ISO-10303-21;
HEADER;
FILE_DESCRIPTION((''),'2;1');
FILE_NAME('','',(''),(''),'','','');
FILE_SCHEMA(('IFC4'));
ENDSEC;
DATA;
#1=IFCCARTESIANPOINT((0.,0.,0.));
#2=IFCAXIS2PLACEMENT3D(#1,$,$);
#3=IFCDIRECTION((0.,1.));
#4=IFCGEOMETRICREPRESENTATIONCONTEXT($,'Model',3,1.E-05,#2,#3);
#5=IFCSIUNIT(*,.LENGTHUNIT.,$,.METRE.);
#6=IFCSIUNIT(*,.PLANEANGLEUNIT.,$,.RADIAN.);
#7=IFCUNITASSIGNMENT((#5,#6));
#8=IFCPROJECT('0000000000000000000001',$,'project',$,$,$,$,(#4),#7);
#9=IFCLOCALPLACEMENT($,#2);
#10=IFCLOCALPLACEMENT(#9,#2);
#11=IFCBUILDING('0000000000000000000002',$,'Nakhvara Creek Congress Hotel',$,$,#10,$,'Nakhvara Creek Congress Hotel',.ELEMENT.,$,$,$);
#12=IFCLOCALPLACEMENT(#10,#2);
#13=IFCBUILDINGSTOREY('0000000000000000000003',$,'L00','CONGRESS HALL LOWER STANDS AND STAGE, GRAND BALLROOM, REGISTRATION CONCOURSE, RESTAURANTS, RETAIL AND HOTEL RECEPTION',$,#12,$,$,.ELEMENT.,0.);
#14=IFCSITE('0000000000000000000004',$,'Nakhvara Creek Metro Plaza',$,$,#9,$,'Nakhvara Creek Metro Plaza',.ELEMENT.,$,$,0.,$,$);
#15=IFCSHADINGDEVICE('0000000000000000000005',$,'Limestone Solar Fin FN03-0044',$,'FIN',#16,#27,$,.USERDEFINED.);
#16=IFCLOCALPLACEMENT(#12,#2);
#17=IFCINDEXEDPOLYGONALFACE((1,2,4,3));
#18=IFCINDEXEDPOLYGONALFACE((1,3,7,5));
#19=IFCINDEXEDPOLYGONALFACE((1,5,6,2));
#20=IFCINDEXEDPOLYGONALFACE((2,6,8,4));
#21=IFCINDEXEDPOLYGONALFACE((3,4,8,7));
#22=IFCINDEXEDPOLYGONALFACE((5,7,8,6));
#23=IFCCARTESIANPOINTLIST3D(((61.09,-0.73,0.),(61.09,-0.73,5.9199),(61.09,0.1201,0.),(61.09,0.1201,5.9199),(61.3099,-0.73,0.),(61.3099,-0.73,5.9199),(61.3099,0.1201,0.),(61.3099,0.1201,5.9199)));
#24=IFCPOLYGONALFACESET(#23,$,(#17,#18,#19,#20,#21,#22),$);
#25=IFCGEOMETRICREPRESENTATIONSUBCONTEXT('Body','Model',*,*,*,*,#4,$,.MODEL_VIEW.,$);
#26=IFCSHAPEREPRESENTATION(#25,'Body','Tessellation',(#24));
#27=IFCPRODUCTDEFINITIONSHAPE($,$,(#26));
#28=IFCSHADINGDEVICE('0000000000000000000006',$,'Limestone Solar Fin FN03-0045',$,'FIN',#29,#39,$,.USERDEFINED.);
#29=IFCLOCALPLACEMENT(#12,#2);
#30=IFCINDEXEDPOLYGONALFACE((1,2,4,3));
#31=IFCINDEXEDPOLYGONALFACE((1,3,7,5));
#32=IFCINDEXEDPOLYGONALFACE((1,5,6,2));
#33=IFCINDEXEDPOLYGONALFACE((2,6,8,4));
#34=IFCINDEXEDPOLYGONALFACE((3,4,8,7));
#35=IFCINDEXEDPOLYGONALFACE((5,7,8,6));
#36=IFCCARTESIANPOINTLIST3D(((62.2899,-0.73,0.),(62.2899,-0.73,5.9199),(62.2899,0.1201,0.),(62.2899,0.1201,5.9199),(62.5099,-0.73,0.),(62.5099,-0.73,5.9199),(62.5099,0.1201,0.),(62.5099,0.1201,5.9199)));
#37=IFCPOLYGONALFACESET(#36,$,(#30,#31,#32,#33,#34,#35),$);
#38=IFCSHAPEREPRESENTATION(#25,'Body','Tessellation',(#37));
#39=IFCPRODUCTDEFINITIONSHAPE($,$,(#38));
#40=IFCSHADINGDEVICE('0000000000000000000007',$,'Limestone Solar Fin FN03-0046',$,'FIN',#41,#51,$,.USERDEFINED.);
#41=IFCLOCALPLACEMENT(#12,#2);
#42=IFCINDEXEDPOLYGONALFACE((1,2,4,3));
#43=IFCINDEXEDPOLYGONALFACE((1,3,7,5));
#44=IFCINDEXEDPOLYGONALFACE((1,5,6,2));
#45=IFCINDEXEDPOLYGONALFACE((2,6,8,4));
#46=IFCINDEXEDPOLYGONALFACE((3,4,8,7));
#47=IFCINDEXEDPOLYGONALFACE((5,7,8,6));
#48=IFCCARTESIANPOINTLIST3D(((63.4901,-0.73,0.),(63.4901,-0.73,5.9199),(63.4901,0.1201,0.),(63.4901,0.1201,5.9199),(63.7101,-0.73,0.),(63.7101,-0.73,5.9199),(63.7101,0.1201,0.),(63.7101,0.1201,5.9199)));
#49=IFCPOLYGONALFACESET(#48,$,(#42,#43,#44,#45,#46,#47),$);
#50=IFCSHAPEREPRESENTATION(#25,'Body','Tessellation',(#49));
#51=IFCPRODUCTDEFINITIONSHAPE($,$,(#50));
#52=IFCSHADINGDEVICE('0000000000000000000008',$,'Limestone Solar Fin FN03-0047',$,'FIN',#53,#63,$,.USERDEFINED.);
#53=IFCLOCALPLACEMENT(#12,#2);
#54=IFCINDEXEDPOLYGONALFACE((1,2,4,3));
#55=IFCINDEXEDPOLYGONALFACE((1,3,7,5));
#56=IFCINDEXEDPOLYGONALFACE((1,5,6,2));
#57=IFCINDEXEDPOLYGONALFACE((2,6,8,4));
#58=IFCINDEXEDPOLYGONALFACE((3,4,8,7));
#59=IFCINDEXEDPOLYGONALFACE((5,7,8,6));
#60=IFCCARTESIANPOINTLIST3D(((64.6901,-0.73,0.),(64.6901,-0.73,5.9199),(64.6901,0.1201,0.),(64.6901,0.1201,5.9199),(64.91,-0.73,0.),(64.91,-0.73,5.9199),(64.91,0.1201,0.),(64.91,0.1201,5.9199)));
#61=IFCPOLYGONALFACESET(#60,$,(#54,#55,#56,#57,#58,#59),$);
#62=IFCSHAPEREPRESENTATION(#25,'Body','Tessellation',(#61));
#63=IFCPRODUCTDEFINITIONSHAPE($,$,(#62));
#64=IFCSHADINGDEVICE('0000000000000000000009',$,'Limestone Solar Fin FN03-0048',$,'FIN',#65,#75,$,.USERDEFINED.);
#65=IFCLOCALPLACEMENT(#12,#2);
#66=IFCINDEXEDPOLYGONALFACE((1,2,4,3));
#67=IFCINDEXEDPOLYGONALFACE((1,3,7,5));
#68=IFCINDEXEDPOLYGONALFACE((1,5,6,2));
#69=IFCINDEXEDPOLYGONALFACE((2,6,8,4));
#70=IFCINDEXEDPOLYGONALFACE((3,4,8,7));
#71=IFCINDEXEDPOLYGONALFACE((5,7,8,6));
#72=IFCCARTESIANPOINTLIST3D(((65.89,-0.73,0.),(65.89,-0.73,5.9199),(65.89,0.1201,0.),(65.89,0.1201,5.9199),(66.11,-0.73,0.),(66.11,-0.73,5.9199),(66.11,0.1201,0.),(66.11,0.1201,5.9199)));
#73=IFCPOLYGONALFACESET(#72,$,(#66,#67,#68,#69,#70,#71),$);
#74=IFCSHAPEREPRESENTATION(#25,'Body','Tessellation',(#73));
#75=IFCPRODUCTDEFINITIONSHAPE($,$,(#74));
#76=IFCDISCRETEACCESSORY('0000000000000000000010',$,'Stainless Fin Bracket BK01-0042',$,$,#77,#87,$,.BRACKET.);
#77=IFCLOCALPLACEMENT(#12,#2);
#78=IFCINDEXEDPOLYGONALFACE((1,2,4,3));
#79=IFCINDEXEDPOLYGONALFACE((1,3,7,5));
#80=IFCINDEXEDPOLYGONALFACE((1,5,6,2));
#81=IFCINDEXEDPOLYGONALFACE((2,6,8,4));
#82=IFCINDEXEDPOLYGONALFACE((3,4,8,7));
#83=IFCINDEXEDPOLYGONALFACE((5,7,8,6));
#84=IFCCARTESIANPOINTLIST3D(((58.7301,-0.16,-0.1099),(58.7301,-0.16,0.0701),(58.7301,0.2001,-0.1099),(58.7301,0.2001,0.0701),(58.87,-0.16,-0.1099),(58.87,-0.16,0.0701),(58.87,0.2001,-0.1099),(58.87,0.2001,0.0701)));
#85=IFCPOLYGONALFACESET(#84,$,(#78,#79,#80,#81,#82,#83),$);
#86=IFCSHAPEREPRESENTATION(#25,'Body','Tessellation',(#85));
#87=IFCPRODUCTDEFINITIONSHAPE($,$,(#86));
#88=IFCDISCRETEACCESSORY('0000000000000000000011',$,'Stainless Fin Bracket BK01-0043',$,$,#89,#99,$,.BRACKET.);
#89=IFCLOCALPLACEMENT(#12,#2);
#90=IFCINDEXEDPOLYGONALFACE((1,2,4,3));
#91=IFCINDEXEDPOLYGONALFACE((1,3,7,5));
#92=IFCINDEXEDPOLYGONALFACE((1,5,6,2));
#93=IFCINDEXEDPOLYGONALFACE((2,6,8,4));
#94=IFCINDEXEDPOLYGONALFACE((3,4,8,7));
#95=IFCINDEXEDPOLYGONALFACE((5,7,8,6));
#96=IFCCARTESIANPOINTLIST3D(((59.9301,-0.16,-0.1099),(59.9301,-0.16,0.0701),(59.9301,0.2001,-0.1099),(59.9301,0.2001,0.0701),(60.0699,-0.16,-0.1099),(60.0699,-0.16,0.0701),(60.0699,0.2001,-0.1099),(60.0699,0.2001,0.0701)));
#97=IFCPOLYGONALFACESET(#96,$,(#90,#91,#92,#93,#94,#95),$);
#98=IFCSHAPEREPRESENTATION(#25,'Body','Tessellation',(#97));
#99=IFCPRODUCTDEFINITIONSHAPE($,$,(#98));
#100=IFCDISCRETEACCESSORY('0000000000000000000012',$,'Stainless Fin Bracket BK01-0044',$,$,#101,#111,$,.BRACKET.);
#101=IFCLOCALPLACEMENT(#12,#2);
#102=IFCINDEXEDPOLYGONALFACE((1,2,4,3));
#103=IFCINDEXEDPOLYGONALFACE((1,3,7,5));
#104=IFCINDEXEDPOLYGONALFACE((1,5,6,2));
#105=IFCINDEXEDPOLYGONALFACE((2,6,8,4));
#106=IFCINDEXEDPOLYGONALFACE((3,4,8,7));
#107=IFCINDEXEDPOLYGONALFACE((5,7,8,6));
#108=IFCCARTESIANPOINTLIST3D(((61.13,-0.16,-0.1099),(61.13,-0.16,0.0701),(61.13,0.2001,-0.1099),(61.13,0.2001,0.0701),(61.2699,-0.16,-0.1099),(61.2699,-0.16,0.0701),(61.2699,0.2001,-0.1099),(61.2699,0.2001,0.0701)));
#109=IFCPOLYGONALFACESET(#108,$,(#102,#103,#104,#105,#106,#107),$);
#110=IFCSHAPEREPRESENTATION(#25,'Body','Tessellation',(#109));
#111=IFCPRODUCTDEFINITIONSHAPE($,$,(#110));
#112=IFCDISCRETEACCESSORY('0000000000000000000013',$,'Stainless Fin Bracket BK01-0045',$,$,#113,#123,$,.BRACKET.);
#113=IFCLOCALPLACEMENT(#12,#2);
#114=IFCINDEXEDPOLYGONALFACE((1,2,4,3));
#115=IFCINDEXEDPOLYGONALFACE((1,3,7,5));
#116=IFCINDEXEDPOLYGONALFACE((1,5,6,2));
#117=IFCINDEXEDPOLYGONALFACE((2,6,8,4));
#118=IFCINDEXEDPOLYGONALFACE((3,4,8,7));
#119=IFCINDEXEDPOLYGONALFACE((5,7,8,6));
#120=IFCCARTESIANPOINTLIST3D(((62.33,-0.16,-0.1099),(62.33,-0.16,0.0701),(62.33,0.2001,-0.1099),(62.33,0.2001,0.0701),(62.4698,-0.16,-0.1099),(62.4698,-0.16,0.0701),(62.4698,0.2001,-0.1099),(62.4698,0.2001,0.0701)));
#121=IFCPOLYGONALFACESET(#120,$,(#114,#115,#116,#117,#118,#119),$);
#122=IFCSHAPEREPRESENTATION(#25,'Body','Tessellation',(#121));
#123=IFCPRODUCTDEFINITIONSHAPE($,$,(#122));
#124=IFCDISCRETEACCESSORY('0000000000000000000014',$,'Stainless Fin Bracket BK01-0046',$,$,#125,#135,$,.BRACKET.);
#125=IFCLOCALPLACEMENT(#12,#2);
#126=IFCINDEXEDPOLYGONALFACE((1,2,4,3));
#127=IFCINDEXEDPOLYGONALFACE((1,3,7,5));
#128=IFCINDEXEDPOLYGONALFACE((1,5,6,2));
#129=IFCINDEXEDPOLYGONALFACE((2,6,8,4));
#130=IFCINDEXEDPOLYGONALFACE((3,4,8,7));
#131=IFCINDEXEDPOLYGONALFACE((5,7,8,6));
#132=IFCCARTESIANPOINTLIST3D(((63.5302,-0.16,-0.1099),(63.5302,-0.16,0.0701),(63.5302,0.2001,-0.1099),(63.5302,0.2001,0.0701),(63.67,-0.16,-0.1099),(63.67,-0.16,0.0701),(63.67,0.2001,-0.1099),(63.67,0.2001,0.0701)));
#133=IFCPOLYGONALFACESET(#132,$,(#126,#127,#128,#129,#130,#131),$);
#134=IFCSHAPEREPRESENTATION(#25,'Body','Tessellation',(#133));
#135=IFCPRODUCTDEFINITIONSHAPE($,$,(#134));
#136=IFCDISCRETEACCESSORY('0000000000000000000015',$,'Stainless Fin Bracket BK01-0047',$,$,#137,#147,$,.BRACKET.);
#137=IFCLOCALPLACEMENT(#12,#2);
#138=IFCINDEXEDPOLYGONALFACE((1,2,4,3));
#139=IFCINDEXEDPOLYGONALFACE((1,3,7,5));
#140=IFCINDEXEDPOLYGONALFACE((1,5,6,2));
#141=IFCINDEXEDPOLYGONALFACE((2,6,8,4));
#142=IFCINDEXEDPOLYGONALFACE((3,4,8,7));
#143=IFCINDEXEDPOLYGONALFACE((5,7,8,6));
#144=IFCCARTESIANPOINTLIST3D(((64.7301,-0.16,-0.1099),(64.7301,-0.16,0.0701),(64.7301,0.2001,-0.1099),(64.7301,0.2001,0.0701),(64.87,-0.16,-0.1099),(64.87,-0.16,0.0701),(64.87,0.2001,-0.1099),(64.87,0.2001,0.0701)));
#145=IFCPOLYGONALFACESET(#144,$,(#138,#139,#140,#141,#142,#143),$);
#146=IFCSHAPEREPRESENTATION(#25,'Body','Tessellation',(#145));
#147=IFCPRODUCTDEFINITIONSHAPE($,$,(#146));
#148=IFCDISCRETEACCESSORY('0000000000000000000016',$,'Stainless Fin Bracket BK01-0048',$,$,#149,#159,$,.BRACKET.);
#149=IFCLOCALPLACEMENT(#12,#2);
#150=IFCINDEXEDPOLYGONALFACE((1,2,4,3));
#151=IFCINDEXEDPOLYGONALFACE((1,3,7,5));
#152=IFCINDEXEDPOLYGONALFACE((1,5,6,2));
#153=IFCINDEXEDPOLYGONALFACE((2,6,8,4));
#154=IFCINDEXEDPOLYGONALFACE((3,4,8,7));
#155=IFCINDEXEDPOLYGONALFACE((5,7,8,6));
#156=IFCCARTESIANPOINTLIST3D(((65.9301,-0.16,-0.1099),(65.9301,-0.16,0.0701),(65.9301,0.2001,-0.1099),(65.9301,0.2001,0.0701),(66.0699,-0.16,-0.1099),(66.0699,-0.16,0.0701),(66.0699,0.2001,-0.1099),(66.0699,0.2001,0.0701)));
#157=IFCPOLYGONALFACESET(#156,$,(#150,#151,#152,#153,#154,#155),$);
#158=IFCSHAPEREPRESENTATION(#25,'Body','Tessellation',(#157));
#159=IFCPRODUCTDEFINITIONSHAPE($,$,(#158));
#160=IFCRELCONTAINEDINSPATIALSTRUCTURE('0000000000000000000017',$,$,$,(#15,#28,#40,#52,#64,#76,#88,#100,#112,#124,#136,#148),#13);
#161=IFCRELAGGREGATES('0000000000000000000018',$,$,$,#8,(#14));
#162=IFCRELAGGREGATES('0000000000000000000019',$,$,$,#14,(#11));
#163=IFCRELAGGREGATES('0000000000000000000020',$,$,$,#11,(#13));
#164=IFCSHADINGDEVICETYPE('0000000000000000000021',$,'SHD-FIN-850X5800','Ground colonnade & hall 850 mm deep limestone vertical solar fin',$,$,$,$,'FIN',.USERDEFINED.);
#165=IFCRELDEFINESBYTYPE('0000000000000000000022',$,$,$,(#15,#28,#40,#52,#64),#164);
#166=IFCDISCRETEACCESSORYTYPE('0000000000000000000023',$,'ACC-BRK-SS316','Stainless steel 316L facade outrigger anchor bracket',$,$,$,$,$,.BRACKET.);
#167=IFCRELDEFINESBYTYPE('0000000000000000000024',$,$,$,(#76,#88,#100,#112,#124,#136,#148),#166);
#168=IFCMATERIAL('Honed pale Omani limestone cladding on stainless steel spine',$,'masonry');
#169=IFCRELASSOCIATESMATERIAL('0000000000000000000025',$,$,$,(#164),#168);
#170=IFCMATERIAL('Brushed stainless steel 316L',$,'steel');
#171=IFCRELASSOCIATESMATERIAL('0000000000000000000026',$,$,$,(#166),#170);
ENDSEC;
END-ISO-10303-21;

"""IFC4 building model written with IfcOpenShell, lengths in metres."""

from ifc_helpers import new_model, si_unit, direction, frame, origin, origin_2d, place, context, subcontext, project, spatial, rectangle, extrude, material, type_object, element, save


model = new_model("IFC4")

# Units and contexts
model_context = context("Model", 3, precision=1e-05, world=origin(), true_north=direction((0.0, 1.0)))
body_context = subcontext(model_context, "Body", "Model", "MODEL_VIEW")
ifc_project = project(units=[si_unit("LENGTHUNIT", "METRE"), si_unit("PLANEANGLEUNIT", "RADIAN")], contexts=[model_context])

# Site, building, storey
site_placement = place(None, origin())
site = spatial("IfcSite", under=ifc_project, at=site_placement, Name="Nakhvara Creek Metro Plaza", LongName="Nakhvara Creek Metro Plaza", CompositionType="ELEMENT", RefElevation=0.0)
building_placement = place(site_placement, origin())
building = spatial("IfcBuilding", under=site, at=building_placement, Name="Nakhvara Creek Congress Hotel", LongName="Nakhvara Creek Congress Hotel", CompositionType="ELEMENT")
storey_placement = place(building_placement, origin())
storey = spatial("IfcBuildingStorey", under=building, at=storey_placement, Name="L00", Description="CONGRESS HALL LOWER STANDS AND STAGE, GRAND BALLROOM, REGISTRATION CONCOURSE, RESTAURANTS, RETAIL AND HOTEL RECEPTION", CompositionType="ELEMENT", Elevation=0.0)

# Shared definitions
ifc_material_1 = material(Name="Brushed stainless steel 316L", Category="steel")

# Shading devices
ifc_material_2 = material(Name="Honed pale Omani limestone cladding on stainless steel spine", Category="masonry")
shading_device_type = type_object("IfcShadingDeviceType", Name="SHD-FIN-850X5800", Description="Ground colonnade & hall 850 mm deep limestone vertical solar fin", ElementType="FIN", PredefinedType="USERDEFINED", material=ifc_material_2)
for number, where, z_axis, x_axis, name in (
    (1, (61.2, -0.3049, 0.0), (0.0, 0.0, 1.0), (1.0, 0.0, 0.0), "Limestone Solar Fin FN03-0044"),
    (2, (62.3999, -0.3049, 0.0), (0.0, 0.0, 1.0), (1.0, 0.0, 0.0), "Limestone Solar Fin FN03-0045"),
    (3, (63.6001, -0.3049, 0.0), (0.0, 0.0, 1.0), (1.0, 0.0, 0.0), "Limestone Solar Fin FN03-0046"),
    (4, (64.8, -0.3049, 0.0), (0.0, 0.0, 1.0), (1.0, 0.0, 0.0), "Limestone Solar Fin FN03-0047"),
    (5, (66.0, -0.3049, 0.0), (0.0, 0.0, 1.0), (1.0, 0.0, 0.0), "Limestone Solar Fin FN03-0048"),
):
    element("IfcShadingDevice", number, at=place(storey_placement, frame(where, z_axis=z_axis, x_axis=x_axis)), inside=storey, type_object=shading_device_type, Name=name, ObjectType="FIN", PredefinedType="USERDEFINED", context=body_context, shape_type="SweptSolid", body=[
        extrude(rectangle(XDim=0.22, YDim=0.8501, at=origin_2d()), origin(), (0.0, 0.0, 1.0), 5.9199),
    ])

# Discrete accessories
discrete_accessory_type = type_object("IfcDiscreteAccessoryType", Name="ACC-BRK-SS316", Description="Stainless steel 316L facade outrigger anchor bracket", PredefinedType="BRACKET", material=ifc_material_1)
for number, where, z_axis, x_axis, name in (
    (6, (58.8, 0.02, -0.1099), (0.0, 0.0, 1.0), (1.0, 0.0, 0.0), "Stainless Fin Bracket BK01-0042"),
    (7, (60.0, 0.02, -0.1099), (0.0, 0.0, 1.0), (1.0, 0.0, 0.0), "Stainless Fin Bracket BK01-0043"),
    (8, (61.2, 0.02, -0.1099), (0.0, 0.0, 1.0), (1.0, 0.0, 0.0), "Stainless Fin Bracket BK01-0044"),
    (9, (62.3999, 0.02, -0.1099), (0.0, 0.0, 1.0), (1.0, 0.0, 0.0), "Stainless Fin Bracket BK01-0045"),
    (10, (63.6001, 0.02, -0.1099), (0.0, 0.0, 1.0), (1.0, 0.0, 0.0), "Stainless Fin Bracket BK01-0046"),
    (11, (64.8, 0.02, -0.1099), (0.0, 0.0, 1.0), (1.0, 0.0, 0.0), "Stainless Fin Bracket BK01-0047"),
    (12, (66.0, 0.02, -0.1099), (0.0, 0.0, 1.0), (1.0, 0.0, 0.0), "Stainless Fin Bracket BK01-0048"),
):
    element("IfcDiscreteAccessory", number, at=place(storey_placement, frame(where, z_axis=z_axis, x_axis=x_axis)), inside=storey, type_object=discrete_accessory_type, Name=name, PredefinedType="BRACKET", context=body_context, shape_type="SweptSolid", body=[
        extrude(rectangle(XDim=0.1399, YDim=0.3601, at=origin_2d()), origin(), (0.0, 0.0, 1.0), 0.1799),
    ])

save(model, "model.ifc")
